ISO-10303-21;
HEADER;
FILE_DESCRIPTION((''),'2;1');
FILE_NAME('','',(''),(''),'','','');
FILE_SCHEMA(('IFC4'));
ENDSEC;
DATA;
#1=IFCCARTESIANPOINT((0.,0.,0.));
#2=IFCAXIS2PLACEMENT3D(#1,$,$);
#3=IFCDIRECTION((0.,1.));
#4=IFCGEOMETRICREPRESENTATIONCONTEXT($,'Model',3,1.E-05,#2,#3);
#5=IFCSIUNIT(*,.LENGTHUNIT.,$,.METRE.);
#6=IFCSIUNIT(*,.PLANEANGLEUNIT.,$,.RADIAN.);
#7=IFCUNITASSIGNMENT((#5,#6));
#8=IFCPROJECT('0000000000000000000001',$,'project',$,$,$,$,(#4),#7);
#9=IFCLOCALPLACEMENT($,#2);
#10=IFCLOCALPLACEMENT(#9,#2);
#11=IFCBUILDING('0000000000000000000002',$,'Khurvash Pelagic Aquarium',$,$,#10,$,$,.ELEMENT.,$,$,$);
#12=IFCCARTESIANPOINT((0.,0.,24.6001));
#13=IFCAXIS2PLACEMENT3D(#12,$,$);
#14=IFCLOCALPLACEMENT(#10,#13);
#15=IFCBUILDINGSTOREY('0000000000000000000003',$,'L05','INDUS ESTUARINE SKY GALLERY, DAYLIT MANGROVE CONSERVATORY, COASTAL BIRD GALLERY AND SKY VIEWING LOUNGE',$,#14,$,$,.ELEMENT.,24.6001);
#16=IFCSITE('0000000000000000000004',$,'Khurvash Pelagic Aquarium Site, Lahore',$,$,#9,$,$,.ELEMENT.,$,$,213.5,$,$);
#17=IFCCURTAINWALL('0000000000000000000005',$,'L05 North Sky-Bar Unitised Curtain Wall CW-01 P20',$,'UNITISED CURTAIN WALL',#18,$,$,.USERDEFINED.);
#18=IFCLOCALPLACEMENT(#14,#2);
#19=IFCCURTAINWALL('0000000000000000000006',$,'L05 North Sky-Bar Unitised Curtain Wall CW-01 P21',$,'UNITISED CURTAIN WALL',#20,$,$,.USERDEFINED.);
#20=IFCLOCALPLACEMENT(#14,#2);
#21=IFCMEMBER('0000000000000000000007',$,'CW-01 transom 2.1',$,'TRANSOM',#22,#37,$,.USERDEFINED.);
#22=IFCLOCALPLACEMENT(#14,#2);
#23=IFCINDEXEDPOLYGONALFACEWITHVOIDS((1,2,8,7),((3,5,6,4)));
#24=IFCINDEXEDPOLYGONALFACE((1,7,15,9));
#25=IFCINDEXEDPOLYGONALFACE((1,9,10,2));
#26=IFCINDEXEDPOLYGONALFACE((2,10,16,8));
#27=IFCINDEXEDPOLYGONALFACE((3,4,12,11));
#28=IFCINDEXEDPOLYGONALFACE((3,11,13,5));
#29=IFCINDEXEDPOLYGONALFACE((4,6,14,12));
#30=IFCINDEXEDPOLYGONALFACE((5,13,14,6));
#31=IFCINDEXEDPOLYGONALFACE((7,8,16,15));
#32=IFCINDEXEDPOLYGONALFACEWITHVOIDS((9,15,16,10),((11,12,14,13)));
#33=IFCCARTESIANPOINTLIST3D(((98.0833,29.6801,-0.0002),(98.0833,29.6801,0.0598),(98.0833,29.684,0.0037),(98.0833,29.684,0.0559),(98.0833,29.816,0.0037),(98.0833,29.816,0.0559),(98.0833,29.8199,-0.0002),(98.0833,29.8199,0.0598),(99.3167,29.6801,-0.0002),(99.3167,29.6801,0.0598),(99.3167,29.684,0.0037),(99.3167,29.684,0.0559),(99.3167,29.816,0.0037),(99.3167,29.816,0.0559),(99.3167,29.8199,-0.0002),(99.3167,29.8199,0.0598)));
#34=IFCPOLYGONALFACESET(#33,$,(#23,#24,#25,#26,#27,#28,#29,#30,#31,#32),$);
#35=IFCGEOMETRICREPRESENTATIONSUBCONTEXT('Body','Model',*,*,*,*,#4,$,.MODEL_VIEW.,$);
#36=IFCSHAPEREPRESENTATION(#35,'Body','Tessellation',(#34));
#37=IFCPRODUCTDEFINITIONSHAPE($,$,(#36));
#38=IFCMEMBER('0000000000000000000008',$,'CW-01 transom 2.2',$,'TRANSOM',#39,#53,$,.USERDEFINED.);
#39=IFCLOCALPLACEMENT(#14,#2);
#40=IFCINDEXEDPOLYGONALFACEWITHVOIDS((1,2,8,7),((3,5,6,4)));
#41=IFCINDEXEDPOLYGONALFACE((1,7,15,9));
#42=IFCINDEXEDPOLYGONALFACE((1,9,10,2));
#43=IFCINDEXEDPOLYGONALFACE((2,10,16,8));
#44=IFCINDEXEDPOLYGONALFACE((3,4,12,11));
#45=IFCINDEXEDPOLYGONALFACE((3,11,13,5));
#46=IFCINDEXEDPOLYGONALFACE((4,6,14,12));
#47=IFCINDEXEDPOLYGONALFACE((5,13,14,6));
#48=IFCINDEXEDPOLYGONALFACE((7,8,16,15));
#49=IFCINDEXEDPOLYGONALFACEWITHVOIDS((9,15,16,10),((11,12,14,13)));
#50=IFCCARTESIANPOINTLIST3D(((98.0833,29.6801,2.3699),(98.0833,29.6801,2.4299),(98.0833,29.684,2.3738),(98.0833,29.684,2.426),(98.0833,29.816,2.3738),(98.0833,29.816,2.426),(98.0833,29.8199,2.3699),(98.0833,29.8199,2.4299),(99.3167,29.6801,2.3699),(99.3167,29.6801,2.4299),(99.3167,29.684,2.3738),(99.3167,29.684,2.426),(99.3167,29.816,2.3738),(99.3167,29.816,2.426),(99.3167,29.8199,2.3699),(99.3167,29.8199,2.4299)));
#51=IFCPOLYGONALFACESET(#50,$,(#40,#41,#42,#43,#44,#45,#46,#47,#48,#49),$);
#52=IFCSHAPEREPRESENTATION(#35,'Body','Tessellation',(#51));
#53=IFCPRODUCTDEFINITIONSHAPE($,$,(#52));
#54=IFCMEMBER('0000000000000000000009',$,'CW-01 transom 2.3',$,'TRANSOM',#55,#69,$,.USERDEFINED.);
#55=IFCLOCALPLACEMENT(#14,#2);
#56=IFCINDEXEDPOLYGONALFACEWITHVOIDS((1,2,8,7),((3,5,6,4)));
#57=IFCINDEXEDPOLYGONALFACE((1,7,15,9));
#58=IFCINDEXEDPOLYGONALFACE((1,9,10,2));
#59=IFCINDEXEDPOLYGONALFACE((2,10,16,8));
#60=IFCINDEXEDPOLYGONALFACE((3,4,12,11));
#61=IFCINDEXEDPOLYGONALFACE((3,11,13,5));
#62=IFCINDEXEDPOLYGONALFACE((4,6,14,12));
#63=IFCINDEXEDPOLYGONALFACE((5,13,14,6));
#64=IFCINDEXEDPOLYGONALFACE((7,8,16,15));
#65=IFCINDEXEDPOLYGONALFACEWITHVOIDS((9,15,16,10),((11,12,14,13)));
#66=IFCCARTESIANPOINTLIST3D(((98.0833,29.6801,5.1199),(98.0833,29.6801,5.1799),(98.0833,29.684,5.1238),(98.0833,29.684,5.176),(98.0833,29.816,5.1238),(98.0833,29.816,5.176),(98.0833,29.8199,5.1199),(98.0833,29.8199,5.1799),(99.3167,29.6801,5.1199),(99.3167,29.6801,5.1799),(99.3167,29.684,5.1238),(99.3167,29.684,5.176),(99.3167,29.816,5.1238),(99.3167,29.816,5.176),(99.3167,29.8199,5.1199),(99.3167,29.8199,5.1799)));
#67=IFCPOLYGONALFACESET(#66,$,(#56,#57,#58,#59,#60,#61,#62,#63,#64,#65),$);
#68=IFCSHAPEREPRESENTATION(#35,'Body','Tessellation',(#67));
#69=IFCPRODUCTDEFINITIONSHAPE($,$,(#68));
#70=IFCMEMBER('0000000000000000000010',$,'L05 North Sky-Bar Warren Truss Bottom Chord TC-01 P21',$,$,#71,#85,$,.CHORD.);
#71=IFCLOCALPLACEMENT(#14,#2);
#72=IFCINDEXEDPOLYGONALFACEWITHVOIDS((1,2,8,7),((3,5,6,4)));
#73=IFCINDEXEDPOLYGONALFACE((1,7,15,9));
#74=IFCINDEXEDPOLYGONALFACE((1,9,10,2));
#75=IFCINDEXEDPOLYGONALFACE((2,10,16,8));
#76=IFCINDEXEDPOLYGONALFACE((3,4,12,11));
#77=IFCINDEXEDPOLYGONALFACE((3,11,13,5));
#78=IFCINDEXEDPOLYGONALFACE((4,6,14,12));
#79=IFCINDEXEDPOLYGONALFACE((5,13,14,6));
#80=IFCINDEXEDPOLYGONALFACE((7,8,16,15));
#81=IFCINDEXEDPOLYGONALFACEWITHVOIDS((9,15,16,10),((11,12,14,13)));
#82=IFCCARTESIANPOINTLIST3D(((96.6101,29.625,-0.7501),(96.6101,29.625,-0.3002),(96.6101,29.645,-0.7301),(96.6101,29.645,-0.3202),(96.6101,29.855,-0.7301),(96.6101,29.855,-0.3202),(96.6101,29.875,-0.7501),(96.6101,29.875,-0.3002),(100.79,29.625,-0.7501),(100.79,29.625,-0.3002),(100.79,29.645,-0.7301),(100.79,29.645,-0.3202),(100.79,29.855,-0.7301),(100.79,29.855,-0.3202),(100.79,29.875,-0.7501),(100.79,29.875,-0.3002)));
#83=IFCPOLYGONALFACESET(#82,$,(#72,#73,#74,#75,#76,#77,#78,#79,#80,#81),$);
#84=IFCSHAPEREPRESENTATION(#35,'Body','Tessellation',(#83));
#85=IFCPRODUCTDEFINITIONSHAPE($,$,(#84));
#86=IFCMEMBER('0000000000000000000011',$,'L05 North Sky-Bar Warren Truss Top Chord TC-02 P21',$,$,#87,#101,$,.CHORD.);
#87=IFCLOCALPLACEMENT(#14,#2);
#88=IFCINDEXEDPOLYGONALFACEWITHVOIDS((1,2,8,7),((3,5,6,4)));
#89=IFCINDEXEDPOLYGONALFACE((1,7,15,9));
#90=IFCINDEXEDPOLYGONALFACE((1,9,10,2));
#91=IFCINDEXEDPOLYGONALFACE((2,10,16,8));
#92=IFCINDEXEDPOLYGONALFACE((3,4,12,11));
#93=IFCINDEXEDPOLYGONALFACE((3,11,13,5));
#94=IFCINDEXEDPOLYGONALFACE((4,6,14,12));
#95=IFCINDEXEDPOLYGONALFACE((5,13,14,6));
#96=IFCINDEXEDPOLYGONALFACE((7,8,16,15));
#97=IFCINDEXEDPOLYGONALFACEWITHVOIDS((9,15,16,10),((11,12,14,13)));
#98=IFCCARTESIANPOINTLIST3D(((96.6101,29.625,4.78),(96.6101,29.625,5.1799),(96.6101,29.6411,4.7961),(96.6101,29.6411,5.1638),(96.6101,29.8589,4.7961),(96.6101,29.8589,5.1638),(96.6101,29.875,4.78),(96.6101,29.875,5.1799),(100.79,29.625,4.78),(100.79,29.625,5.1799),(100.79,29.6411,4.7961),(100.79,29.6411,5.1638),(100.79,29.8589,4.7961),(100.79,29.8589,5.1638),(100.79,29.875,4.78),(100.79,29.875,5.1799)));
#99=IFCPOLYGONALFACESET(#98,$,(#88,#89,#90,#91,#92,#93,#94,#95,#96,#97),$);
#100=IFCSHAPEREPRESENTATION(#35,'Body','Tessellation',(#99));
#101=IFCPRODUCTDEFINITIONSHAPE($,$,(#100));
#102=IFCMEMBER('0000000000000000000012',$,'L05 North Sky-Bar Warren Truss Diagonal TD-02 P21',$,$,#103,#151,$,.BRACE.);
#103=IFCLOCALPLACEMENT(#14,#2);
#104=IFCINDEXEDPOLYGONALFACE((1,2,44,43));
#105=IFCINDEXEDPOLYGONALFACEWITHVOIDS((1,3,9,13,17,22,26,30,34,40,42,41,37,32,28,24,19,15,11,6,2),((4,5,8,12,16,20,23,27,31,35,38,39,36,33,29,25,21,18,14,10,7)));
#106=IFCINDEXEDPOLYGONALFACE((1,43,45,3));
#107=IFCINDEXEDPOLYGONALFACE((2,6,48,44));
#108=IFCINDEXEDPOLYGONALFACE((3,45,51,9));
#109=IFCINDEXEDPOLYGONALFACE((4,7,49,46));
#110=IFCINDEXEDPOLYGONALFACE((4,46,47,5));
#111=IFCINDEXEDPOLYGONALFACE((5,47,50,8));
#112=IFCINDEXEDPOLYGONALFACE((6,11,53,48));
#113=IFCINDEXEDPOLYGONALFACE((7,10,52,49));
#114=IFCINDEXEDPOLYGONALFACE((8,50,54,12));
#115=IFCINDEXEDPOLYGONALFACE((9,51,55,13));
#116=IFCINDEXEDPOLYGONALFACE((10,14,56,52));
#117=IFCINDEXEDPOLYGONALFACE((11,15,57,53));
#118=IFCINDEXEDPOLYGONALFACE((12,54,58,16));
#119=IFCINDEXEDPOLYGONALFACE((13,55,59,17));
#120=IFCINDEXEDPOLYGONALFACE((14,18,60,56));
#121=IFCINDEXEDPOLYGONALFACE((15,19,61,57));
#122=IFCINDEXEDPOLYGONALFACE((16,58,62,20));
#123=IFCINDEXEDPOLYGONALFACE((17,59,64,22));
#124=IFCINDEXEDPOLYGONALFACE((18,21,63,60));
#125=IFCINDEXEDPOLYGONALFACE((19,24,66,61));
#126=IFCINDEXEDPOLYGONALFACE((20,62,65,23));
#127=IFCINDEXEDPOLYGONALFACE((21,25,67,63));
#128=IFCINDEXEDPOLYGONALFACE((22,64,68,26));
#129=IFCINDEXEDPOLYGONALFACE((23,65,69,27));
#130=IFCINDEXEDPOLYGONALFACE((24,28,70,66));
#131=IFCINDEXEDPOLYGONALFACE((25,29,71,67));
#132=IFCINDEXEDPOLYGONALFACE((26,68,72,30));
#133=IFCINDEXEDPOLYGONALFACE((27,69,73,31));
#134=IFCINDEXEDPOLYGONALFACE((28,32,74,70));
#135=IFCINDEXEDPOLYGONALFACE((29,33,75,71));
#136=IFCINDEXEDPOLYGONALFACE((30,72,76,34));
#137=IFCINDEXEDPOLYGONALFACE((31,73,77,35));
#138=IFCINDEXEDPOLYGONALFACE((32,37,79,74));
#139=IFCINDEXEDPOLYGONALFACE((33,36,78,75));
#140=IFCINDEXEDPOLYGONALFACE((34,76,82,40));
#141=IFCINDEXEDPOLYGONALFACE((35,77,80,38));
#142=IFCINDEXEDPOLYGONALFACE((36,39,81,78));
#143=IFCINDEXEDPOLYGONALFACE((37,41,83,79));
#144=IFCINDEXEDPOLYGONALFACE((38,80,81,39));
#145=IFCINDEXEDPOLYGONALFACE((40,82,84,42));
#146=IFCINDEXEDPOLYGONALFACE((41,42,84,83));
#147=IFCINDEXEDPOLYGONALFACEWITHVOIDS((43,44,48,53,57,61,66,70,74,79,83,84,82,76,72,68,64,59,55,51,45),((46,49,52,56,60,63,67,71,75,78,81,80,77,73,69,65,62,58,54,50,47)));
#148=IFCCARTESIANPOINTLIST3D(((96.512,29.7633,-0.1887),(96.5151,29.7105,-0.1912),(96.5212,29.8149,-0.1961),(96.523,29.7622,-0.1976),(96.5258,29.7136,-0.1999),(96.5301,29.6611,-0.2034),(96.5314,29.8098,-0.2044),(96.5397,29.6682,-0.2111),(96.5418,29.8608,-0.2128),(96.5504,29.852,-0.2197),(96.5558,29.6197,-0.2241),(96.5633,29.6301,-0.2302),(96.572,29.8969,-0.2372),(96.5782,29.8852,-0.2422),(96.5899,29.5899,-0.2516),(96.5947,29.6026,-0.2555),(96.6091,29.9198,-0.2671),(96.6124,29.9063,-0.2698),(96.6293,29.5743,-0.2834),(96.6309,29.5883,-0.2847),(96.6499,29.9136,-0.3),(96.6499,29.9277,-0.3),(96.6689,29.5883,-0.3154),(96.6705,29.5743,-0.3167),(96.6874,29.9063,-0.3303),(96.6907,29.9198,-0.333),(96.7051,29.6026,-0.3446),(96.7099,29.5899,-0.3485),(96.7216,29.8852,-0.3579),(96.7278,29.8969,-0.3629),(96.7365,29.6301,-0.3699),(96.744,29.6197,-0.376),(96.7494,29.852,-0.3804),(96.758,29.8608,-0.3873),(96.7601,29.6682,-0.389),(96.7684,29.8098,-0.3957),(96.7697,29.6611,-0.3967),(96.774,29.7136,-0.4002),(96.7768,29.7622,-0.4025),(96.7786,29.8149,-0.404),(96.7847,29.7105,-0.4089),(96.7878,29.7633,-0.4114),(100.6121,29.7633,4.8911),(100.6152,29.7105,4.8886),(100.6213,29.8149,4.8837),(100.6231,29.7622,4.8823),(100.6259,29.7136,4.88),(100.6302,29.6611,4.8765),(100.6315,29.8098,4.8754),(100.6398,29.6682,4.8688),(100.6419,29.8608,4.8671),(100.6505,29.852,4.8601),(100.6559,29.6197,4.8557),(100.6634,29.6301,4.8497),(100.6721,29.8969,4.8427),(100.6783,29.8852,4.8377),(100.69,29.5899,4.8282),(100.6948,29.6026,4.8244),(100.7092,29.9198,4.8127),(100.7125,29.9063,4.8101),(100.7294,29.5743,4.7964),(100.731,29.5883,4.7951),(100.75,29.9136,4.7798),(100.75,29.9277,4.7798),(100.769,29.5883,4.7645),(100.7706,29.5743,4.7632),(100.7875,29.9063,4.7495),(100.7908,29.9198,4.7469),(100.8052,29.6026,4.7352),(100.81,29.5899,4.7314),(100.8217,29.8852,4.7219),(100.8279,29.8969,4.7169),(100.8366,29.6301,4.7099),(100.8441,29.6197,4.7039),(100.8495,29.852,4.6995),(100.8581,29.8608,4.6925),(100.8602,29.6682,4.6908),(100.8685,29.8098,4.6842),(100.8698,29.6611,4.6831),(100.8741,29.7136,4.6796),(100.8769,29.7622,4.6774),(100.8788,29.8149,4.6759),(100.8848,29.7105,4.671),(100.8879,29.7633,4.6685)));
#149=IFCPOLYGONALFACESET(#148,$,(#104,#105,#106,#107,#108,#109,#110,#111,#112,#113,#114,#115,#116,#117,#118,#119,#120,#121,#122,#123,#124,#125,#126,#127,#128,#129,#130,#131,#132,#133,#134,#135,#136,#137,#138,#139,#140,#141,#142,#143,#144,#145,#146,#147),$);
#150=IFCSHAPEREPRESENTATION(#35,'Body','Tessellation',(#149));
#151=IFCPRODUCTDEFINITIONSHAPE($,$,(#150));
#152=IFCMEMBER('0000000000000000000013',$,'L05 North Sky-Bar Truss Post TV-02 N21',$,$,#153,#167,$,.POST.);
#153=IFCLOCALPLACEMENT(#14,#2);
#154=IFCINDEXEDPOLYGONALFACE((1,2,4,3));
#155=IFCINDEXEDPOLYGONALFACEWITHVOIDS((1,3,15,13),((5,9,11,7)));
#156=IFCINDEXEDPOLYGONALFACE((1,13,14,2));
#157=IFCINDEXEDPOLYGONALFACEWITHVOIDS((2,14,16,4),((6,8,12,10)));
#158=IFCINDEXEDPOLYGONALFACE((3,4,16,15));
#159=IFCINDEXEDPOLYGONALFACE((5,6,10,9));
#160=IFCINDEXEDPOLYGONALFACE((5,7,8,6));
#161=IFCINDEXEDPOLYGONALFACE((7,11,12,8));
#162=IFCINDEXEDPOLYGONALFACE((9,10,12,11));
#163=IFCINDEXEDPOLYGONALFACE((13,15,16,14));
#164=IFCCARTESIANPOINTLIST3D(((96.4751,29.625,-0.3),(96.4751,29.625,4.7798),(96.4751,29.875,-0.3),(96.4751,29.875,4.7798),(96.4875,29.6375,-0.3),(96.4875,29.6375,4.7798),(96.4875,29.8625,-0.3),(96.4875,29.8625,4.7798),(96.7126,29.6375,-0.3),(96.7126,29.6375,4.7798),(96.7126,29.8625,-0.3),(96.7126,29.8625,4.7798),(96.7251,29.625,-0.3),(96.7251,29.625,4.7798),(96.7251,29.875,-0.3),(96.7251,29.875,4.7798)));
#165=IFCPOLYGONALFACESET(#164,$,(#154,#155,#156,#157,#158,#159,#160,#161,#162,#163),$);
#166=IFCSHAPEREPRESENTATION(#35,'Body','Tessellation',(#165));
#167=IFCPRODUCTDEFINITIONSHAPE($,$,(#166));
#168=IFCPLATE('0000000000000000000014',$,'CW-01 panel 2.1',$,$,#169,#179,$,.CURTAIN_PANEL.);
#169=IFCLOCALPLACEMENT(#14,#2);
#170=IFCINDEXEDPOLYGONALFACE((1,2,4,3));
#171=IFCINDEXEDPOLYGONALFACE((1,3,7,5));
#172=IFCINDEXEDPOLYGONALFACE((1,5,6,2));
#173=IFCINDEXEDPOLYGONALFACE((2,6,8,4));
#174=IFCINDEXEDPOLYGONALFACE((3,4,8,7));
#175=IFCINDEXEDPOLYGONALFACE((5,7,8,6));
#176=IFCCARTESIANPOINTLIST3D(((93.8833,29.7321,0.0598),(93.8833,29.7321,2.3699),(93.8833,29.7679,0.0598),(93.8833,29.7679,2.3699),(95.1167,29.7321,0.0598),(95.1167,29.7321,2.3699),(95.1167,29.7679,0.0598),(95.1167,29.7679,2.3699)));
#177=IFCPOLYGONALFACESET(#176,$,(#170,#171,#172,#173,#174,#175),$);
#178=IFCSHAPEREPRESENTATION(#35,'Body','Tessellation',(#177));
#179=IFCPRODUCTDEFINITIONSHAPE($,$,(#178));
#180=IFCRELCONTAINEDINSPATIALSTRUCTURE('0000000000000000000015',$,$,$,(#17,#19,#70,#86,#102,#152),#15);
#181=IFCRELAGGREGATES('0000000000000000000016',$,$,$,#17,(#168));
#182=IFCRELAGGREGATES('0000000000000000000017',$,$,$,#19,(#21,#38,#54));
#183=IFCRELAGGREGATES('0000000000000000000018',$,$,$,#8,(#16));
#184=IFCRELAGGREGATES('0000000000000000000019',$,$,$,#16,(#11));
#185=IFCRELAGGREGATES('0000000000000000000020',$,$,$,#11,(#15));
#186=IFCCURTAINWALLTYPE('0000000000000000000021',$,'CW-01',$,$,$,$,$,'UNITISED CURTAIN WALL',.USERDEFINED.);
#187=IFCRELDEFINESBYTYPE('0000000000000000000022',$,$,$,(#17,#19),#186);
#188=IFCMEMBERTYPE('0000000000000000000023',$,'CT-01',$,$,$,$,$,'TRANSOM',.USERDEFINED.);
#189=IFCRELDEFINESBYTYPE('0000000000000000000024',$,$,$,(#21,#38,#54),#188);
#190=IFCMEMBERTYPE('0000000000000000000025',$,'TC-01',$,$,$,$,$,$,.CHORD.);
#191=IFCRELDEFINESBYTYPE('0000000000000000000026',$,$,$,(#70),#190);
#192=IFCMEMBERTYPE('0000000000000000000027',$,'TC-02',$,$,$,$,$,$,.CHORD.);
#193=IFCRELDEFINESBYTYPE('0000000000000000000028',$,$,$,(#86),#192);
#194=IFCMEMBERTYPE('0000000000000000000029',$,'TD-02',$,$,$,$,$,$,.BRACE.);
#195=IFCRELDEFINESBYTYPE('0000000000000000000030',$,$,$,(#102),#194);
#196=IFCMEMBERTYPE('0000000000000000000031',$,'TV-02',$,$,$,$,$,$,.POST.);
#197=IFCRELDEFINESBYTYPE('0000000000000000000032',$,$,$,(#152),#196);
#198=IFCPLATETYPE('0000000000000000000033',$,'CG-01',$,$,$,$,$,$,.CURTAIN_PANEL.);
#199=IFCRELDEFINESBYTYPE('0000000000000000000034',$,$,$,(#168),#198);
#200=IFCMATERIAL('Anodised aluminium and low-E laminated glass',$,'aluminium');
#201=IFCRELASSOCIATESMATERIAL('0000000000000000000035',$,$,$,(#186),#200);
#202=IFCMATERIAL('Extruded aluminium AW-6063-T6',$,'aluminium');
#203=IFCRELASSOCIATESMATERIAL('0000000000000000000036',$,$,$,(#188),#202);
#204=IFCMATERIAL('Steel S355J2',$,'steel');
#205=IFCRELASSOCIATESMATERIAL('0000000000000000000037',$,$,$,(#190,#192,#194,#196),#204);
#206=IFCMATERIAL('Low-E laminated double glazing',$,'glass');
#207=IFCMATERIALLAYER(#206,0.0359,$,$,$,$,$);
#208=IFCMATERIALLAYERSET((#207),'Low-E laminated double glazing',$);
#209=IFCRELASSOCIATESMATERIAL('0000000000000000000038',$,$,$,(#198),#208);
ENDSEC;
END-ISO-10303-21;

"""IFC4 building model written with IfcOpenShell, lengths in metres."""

from ifc_helpers import new_model, si_unit, direction, frame, origin, origin_2d, place, context, subcontext, project, spatial, rectangle, hollow_rectangle, hollow_circle, extrude, material, layer, layer_set, material_profile, profile_set, type_object, element, aggregate, save


model = new_model("IFC4")

# Units and contexts
model_context = context("Model", 3, precision=1e-05, world=origin(), true_north=direction((0.0, 1.0)))
body_context = subcontext(model_context, "Body", "Model", "MODEL_VIEW")
ifc_project = project(units=[si_unit("LENGTHUNIT", "METRE"), si_unit("PLANEANGLEUNIT", "RADIAN")], contexts=[model_context])

# Site, building, storey
site_placement = place(None, origin())
site = spatial("IfcSite", under=ifc_project, at=site_placement, Name="Khurvash Pelagic Aquarium Site, Lahore", CompositionType="ELEMENT", RefElevation=213.5)
building_placement = place(site_placement, origin())
building = spatial("IfcBuilding", under=site, at=building_placement, Name="Khurvash Pelagic Aquarium", CompositionType="ELEMENT")
storey_placement = place(building_placement, frame((0.0, 0.0, 24.6001)))
storey = spatial("IfcBuildingStorey", under=building, at=storey_placement, Name="L05", Description="INDUS ESTUARINE SKY GALLERY, DAYLIT MANGROVE CONSERVATORY, COASTAL BIRD GALLERY AND SKY VIEWING LOUNGE", CompositionType="ELEMENT", Elevation=24.6001)

# Curtain walls
ifc_material_1 = material(Name="Anodised aluminium and low-E laminated glass", Category="aluminium")
curtain_wall_type = type_object("IfcCurtainWallType", Name="CW-01", ElementType="UNITISED CURTAIN WALL", PredefinedType="USERDEFINED", material=ifc_material_1)
curtain_wall_1_placement = place(storey_placement, origin())
curtain_wall_1 = element("IfcCurtainWall", 1, at=curtain_wall_1_placement, inside=storey, type_object=curtain_wall_type, Name="L05 North Sky-Bar Unitised Curtain Wall CW-01 P20", ObjectType="UNITISED CURTAIN WALL", PredefinedType="USERDEFINED")
ifc_material_2 = material(Name="Extruded aluminium AW-6063-T6", Category="aluminium")
curtain_wall_2_placement = place(storey_placement, origin())
curtain_wall_2 = element("IfcCurtainWall", 2, at=curtain_wall_2_placement, inside=storey, type_object=curtain_wall_type, Name="L05 North Sky-Bar Unitised Curtain Wall CW-01 P21", ObjectType="UNITISED CURTAIN WALL", PredefinedType="USERDEFINED")

# Members
ifc_material_profile_1 = material_profile(ifc_material_2, hollow_rectangle(XDim=0.1399, YDim=0.0601, WallThickness=0.0039, at=origin_2d()), Name="CWT140X60X4")
ifc_profile_set_1 = profile_set([ifc_material_profile_1], Name="Extruded aluminium AW-6063-T6")
member_type_1 = type_object("IfcMemberType", Name="CT-01", ElementType="TRANSOM", PredefinedType="USERDEFINED", material=ifc_profile_set_1)
member_1_placement = place(storey_placement, frame((98.0833, 29.75, 0.0298), z_axis=(1.0, 0.0, 0.0), x_axis=(0.0, 1.0, 0.0)))
member_1 = element("IfcMember", 3, at=member_1_placement, type_object=member_type_1, Name="CW-01 transom 2.1", ObjectType="TRANSOM", PredefinedType="USERDEFINED", context=body_context, shape_type="SweptSolid", body=[
    extrude(hollow_rectangle(XDim=0.1399, YDim=0.0601, WallThickness=0.0039, at=origin_2d()), origin(), (0.0, 0.0, 1.0), 1.2334),
])
member_2_placement = place(storey_placement, frame((98.0833, 29.75, 2.3999), z_axis=(1.0, 0.0, 0.0), x_axis=(0.0, 1.0, 0.0)))
member_2 = element("IfcMember", 4, at=member_2_placement, type_object=member_type_1, Name="CW-01 transom 2.2", ObjectType="TRANSOM", PredefinedType="USERDEFINED", context=body_context, shape_type="SweptSolid", body=[
    extrude(hollow_rectangle(XDim=0.1399, YDim=0.0601, WallThickness=0.0039, at=origin_2d()), origin(), (0.0, 0.0, 1.0), 1.2334),
])
member_3_placement = place(storey_placement, frame((98.0833, 29.75, 5.1499), z_axis=(1.0, 0.0, 0.0), x_axis=(0.0, 1.0, 0.0)))
member_3 = element("IfcMember", 5, at=member_3_placement, type_object=member_type_1, Name="CW-01 transom 2.3", ObjectType="TRANSOM", PredefinedType="USERDEFINED", context=body_context, shape_type="SweptSolid", body=[
    extrude(hollow_rectangle(XDim=0.1399, YDim=0.0601, WallThickness=0.0039, at=origin_2d()), origin(), (0.0, 0.0, 1.0), 1.2334),
])

# Members
ifc_material_3 = material(Name="Steel S355J2", Category="steel")
ifc_material_profile_2 = material_profile(ifc_material_3, hollow_rectangle(XDim=0.25, YDim=0.45, WallThickness=0.02, at=origin_2d()), Name="RHS450X250X20")
ifc_profile_set_2 = profile_set([ifc_material_profile_2], Name="Steel S355J2")
member_type_2 = type_object("IfcMemberType", Name="TC-01", PredefinedType="CHORD", material=ifc_profile_set_2)
member_4_placement = place(storey_placement, frame((96.6101, 29.75, -0.5251), z_axis=(1.0, 0.0, 0.0), x_axis=(0.0, 1.0, 0.0)))
element("IfcMember", 6, at=member_4_placement, inside=storey, type_object=member_type_2, Name="L05 North Sky-Bar Warren Truss Bottom Chord TC-01 P21", PredefinedType="CHORD", context=body_context, shape_type="SweptSolid", body=[
    extrude(hollow_rectangle(XDim=0.25, YDim=0.45, WallThickness=0.02, at=origin_2d()), origin(), (0.0, 0.0, 1.0), 4.1799),
])
ifc_material_profile_3 = material_profile(ifc_material_3, hollow_rectangle(XDim=0.25, YDim=0.3999, WallThickness=0.0161, at=origin_2d()), Name="RHS400X250X16")
ifc_profile_set_3 = profile_set([ifc_material_profile_3], Name="Steel S355J2")
member_type_3 = type_object("IfcMemberType", Name="TC-02", PredefinedType="CHORD", material=ifc_profile_set_3)
member_5_placement = place(storey_placement, frame((96.6101, 29.75, 4.98), z_axis=(1.0, 0.0, 0.0), x_axis=(0.0, 1.0, 0.0)))
element("IfcMember", 7, at=member_5_placement, inside=storey, type_object=member_type_3, Name="L05 North Sky-Bar Warren Truss Top Chord TC-02 P21", PredefinedType="CHORD", context=body_context, shape_type="SweptSolid", body=[
    extrude(hollow_rectangle(XDim=0.25, YDim=0.3999, WallThickness=0.0161, at=origin_2d()), origin(), (0.0, 0.0, 1.0), 4.1799),
])
ifc_material_profile_4 = material_profile(ifc_material_3, hollow_circle(Radius=0.1777, WallThickness=0.0142, at=origin_2d()), Name="CHS355X14")
ifc_profile_set_4 = profile_set([ifc_material_profile_4], Name="Steel S355J2")
member_type_4 = type_object("IfcMemberType", Name="TD-02", PredefinedType="BRACE", material=ifc_profile_set_4)
member_6_placement = place(storey_placement, frame((96.6499, 29.75, -0.3), z_axis=(0.628073, 0.0, 0.778154), x_axis=(0.0, 1.0, 0.0)))
element("IfcMember", 8, at=member_6_placement, inside=storey, type_object=member_type_4, Name="L05 North Sky-Bar Warren Truss Diagonal TD-02 P21", PredefinedType="BRACE", context=body_context, shape_type="SweptSolid", body=[
    extrude(hollow_circle(Radius=0.1777, WallThickness=0.0142, at=origin_2d()), origin(), (0.0, 0.0, 1.0), 6.5281),
])
ifc_material_profile_5 = material_profile(ifc_material_3, hollow_rectangle(XDim=0.25, YDim=0.25, WallThickness=0.0125, at=origin_2d()), Name="SHS250X250X12")
ifc_profile_set_5 = profile_set([ifc_material_profile_5], Name="Steel S355J2")
member_type_5 = type_object("IfcMemberType", Name="TV-02", PredefinedType="POST", material=ifc_profile_set_5)
member_7_placement = place(storey_placement, frame((96.6001, 29.75, -0.3), z_axis=(0.0, 0.0, 1.0), x_axis=(1.0, 0.0, 0.0)))
element("IfcMember", 9, at=member_7_placement, inside=storey, type_object=member_type_5, Name="L05 North Sky-Bar Truss Post TV-02 N21", PredefinedType="POST", context=body_context, shape_type="SweptSolid", body=[
    extrude(hollow_rectangle(XDim=0.25, YDim=0.25, WallThickness=0.0125, at=origin_2d()), origin(), (0.0, 0.0, 1.0), 5.0798),
])

# Plate
ifc_material_4 = material(Name="Low-E laminated double glazing", Category="glass")
ifc_layer = layer(ifc_material_4, 0.0359)
ifc_layer_set = layer_set([ifc_layer], Name="Low-E laminated double glazing")
plate_type = type_object("IfcPlateType", Name="CG-01", PredefinedType="CURTAIN_PANEL", material=ifc_layer_set)
plate_1_placement = place(storey_placement, frame((94.5, 29.75, 0.0598), z_axis=(0.0, 0.0, 1.0), x_axis=(1.0, 0.0, 0.0)))
plate_1 = element("IfcPlate", 10, at=plate_1_placement, type_object=plate_type, Name="CW-01 panel 2.1", PredefinedType="CURTAIN_PANEL", context=body_context, shape_type="SweptSolid", body=[
    extrude(rectangle(XDim=1.2334, YDim=0.0359, at=origin_2d()), origin(), (0.0, 0.0, 1.0), 2.3101),
])
aggregate(curtain_wall_1, [plate_1])
aggregate(curtain_wall_2, [member_1, member_2, member_3])

save(model, "model.ifc")
